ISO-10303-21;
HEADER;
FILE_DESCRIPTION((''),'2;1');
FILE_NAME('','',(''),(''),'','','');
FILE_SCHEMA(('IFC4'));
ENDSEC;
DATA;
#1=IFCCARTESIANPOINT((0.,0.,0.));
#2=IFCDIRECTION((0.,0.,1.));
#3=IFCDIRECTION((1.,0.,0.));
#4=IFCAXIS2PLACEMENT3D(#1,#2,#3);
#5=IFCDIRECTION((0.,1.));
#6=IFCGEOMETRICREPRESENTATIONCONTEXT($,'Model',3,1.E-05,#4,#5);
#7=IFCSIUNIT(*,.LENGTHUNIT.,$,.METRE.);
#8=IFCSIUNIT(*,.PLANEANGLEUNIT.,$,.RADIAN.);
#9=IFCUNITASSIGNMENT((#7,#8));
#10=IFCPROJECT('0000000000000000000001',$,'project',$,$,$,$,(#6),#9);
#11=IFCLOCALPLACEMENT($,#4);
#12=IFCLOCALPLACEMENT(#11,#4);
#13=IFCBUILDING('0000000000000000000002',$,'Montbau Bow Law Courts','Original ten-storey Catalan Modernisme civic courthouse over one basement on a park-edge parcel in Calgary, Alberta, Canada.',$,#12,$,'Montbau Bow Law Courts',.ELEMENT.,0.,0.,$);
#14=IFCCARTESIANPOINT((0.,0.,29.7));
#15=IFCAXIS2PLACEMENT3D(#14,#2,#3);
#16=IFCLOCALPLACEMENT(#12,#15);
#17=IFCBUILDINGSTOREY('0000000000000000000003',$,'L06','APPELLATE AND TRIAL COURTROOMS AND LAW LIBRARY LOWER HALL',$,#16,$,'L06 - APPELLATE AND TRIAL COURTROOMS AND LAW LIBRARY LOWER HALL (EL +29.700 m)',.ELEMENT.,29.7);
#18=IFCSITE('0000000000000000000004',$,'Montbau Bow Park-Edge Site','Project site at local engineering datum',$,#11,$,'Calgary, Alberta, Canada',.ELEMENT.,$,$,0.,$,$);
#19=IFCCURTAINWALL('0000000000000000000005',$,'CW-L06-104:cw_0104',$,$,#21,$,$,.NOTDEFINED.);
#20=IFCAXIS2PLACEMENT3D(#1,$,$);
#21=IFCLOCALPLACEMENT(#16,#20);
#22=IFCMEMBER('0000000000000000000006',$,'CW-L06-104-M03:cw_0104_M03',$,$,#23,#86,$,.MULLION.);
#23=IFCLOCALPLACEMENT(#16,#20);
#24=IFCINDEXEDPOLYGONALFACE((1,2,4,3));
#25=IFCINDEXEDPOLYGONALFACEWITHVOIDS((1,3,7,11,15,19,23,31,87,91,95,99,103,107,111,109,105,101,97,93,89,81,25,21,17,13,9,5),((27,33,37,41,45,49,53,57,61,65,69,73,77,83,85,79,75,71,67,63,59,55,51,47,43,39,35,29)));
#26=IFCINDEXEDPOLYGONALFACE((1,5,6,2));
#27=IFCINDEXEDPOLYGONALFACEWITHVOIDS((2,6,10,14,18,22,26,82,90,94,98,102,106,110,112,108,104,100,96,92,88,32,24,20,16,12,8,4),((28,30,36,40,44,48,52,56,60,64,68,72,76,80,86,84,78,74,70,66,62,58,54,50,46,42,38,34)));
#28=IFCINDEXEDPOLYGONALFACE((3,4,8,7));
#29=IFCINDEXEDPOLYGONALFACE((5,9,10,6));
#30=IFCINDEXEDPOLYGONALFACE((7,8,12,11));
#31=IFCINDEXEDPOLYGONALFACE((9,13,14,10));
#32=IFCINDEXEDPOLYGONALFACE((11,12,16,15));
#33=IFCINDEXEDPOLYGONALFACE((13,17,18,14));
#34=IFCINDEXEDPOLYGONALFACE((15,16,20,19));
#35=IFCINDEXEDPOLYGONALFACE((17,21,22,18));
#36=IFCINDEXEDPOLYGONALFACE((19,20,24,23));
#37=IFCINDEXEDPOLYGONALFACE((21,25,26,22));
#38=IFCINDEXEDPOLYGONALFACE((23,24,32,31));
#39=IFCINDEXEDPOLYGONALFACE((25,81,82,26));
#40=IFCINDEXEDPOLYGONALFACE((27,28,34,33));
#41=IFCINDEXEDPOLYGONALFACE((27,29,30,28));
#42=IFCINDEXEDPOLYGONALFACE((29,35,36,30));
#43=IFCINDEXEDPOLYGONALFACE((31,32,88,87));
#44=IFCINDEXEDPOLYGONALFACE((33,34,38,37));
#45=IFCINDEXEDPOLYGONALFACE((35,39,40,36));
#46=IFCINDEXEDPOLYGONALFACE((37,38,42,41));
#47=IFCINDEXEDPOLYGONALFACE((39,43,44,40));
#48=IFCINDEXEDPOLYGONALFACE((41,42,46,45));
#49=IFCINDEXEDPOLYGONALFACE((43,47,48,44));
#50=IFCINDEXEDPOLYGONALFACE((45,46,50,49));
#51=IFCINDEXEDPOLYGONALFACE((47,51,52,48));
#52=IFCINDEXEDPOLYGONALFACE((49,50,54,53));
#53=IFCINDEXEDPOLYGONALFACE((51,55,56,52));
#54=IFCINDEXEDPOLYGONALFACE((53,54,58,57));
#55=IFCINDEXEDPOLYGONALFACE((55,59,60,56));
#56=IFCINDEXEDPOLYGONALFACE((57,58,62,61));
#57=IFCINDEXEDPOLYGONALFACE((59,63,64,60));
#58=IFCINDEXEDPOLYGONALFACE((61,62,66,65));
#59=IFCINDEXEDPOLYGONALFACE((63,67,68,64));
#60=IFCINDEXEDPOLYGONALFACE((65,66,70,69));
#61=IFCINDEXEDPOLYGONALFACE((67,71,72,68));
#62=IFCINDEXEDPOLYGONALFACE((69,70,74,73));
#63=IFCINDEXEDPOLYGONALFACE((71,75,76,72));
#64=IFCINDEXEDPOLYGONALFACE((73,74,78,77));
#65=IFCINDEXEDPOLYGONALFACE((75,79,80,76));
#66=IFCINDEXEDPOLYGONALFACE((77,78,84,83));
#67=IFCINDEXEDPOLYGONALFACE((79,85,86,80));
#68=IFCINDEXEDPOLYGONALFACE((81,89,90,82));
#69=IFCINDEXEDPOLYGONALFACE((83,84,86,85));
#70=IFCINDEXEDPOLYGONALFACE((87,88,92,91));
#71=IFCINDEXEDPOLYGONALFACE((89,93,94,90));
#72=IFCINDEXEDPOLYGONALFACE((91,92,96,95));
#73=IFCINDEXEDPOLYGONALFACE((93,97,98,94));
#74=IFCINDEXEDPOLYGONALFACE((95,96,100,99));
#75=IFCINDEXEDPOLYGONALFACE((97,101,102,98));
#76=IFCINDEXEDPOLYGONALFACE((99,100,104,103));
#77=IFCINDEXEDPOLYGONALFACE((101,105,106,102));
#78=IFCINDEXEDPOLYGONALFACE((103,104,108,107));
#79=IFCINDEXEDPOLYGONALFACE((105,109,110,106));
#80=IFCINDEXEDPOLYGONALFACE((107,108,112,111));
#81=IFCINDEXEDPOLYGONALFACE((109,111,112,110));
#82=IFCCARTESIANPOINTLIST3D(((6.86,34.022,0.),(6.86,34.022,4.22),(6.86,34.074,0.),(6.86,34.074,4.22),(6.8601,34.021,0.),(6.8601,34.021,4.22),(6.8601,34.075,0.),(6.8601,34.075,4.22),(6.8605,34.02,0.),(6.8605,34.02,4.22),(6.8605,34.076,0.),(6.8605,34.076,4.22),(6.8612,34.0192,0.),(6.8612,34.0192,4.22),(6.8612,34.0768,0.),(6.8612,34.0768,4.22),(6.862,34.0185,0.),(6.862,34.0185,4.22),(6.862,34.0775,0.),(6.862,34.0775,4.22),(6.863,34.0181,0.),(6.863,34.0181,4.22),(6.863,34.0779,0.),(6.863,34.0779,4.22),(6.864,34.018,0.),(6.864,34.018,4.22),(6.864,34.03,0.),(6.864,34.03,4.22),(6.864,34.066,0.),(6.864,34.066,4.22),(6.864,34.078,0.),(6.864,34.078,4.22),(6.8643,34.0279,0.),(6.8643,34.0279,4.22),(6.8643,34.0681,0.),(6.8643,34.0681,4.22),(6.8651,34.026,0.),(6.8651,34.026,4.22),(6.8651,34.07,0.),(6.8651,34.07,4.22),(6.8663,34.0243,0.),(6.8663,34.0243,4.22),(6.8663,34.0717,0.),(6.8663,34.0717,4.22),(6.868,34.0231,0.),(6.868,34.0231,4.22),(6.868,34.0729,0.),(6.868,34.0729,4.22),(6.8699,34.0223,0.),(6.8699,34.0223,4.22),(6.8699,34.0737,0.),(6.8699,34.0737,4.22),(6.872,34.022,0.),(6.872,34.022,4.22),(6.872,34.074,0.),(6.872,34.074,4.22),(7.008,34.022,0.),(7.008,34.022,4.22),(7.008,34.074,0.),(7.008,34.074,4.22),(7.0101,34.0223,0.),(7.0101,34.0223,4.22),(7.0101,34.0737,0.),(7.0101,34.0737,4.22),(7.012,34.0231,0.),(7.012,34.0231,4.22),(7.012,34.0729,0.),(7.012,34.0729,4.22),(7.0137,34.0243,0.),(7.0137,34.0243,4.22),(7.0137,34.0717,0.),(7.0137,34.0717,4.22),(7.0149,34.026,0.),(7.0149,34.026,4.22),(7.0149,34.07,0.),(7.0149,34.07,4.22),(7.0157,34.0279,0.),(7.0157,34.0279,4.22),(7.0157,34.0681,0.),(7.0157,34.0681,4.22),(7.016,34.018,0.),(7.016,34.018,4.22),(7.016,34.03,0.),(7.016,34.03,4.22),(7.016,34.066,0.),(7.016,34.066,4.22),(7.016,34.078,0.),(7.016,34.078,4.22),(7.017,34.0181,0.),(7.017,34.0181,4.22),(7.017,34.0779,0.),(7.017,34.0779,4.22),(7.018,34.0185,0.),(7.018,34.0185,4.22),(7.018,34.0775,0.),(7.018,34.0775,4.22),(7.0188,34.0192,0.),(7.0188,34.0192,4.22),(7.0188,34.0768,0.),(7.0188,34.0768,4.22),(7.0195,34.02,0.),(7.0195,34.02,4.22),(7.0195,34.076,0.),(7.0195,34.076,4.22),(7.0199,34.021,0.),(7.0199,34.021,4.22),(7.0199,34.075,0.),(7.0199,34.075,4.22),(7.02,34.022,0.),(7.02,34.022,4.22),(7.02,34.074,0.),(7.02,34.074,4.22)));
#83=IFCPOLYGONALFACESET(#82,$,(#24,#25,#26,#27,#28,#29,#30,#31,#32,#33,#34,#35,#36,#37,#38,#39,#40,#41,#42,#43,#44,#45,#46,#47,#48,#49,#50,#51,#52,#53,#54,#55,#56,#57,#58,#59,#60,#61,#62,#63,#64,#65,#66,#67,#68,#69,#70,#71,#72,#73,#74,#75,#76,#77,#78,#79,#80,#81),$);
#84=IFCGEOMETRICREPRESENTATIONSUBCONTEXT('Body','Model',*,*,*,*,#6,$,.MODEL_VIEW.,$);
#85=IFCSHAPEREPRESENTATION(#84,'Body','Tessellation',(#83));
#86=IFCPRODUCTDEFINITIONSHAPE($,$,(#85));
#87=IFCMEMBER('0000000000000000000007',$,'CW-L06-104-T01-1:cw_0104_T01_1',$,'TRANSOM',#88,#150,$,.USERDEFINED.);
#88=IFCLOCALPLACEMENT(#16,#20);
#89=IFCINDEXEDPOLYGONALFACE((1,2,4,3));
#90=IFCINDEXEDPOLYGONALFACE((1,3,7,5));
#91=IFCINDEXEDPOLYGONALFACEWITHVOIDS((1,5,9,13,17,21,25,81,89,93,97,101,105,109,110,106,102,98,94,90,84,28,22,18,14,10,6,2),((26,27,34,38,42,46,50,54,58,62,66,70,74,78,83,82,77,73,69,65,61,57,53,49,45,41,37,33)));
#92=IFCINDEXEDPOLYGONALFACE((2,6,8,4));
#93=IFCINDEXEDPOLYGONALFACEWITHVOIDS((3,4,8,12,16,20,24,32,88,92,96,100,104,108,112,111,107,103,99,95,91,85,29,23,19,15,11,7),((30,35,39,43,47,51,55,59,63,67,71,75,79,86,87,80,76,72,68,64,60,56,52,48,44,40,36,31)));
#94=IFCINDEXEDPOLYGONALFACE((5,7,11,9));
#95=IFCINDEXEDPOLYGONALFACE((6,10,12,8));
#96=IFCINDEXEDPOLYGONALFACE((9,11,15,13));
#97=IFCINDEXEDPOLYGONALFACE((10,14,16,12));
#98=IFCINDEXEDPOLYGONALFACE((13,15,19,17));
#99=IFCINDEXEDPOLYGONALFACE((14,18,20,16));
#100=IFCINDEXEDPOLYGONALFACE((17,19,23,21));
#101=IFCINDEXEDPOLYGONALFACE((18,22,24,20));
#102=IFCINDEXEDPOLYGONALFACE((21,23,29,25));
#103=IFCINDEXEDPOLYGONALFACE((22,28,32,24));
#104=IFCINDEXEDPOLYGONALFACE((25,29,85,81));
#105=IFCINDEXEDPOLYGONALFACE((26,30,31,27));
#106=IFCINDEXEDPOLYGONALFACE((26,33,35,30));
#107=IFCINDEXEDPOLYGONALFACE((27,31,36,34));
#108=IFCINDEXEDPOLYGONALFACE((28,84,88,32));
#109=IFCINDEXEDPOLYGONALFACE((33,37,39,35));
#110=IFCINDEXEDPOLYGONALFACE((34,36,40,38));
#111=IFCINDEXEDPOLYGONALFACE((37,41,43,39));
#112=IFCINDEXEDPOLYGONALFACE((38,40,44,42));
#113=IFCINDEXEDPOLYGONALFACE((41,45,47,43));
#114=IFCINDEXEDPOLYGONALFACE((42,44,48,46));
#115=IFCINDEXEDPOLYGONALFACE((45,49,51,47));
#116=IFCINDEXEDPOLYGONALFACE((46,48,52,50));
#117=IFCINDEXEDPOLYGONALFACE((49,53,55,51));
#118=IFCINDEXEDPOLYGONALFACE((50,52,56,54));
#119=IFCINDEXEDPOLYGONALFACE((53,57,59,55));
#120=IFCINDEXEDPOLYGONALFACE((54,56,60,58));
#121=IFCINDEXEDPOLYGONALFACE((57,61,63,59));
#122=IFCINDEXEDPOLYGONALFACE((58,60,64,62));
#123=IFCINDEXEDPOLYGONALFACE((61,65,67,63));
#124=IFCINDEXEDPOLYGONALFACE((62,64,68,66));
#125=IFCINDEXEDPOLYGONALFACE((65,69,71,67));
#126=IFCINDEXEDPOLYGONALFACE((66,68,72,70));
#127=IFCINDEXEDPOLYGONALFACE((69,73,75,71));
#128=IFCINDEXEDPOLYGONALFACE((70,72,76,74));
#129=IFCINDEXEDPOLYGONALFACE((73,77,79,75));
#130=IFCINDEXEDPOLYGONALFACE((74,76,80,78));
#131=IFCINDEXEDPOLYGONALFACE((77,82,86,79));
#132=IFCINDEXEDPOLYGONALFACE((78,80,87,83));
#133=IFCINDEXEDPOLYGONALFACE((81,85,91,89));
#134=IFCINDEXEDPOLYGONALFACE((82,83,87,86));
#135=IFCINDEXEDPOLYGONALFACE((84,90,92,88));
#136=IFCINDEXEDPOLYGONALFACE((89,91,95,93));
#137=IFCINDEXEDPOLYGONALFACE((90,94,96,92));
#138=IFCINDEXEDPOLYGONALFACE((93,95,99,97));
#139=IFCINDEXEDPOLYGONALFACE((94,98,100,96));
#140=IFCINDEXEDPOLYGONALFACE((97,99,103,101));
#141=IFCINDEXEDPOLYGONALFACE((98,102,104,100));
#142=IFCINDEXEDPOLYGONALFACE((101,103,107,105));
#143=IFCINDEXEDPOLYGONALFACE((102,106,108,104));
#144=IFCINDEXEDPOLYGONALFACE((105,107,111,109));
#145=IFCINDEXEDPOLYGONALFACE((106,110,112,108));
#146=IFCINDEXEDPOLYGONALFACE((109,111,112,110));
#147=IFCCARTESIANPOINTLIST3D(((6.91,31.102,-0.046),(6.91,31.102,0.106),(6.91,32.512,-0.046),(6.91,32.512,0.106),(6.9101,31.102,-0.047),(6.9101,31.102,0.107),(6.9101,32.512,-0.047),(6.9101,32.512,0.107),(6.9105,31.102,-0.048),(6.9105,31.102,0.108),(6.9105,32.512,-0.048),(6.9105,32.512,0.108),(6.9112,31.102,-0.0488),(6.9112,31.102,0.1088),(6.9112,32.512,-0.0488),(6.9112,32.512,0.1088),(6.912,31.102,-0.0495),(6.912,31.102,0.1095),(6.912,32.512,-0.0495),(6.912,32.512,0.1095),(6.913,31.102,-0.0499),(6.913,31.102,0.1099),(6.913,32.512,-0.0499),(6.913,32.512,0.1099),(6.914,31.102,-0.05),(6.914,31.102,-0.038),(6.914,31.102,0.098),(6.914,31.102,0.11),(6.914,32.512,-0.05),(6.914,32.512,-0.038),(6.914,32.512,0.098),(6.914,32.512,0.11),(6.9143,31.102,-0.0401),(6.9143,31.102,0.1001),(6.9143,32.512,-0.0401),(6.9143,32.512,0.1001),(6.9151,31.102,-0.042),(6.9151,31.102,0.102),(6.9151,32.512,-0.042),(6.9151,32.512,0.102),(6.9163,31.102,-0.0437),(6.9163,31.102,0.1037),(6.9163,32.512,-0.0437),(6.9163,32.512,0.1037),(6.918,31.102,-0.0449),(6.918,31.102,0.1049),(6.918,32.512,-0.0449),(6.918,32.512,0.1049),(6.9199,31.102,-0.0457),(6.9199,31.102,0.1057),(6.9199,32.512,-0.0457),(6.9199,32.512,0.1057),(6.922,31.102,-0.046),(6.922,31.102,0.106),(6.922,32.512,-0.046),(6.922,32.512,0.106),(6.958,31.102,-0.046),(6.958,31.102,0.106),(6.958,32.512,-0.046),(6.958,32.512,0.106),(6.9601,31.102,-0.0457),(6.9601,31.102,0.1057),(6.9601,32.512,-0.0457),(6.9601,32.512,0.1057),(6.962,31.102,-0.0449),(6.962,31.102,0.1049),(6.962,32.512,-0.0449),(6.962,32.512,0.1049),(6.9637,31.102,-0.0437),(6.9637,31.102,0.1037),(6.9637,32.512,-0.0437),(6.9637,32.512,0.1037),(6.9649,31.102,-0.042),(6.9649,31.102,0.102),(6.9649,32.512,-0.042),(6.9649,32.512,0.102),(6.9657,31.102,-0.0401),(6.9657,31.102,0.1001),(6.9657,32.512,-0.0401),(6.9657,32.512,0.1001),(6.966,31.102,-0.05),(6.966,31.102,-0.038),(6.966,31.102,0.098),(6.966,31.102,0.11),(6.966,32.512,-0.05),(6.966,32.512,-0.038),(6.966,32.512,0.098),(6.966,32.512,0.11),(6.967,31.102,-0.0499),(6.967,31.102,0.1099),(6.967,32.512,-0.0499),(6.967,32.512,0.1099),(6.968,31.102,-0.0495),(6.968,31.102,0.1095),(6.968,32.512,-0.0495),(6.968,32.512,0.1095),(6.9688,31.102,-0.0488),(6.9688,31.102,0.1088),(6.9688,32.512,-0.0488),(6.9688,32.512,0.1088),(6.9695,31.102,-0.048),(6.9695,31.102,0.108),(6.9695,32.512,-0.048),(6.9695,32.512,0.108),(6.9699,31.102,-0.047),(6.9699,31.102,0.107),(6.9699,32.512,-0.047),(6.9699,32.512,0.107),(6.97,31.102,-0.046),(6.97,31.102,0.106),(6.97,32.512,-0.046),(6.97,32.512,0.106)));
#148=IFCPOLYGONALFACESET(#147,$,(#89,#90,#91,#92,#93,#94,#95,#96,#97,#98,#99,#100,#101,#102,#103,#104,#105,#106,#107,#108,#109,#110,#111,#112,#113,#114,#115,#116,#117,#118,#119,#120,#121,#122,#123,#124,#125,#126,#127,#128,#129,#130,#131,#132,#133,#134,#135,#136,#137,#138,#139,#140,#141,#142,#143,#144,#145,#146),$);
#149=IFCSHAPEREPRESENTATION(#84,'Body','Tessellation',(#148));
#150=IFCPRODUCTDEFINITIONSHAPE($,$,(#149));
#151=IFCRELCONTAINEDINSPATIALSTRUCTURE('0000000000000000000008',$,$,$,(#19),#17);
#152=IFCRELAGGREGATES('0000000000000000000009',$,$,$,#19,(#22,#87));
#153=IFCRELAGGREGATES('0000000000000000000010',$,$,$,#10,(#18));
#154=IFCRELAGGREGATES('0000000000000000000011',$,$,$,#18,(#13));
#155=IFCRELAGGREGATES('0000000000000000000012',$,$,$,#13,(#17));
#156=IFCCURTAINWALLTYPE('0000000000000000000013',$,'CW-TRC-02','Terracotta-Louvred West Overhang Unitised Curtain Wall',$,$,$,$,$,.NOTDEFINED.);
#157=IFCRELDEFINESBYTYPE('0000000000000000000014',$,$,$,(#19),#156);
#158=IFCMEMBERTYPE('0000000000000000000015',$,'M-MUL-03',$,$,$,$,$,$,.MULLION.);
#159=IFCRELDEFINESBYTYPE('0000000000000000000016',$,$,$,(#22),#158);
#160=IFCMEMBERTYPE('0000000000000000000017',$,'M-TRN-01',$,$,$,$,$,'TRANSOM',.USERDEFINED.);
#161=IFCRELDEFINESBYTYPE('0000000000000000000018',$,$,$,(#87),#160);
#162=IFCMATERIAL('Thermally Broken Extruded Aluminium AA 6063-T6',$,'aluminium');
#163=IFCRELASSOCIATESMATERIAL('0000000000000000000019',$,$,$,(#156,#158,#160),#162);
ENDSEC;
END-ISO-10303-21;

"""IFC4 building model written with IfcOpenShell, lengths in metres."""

from ifc_helpers import new_model, si_unit, direction, frame, origin_with_axes, origin_2d_with_axis, place, context, subcontext, project, spatial, hollow_rectangle, extrude, material, material_profile, profile_set, type_object, element, aggregate, save


model = new_model("IFC4")

# Units and contexts
model_context = context("Model", 3, precision=1e-05, world=origin_with_axes(), true_north=direction((0.0, 1.0)))
body_context = subcontext(model_context, "Body", "Model", "MODEL_VIEW")
ifc_project = project(units=[si_unit("LENGTHUNIT", "METRE"), si_unit("PLANEANGLEUNIT", "RADIAN")], contexts=[model_context])

# Site, building, storey
site_placement = place(None, origin_with_axes())
site = spatial("IfcSite", under=ifc_project, at=site_placement, Name="Montbau Bow Park-Edge Site", Description="Project site at local engineering datum", LongName="Calgary, Alberta, Canada", CompositionType="ELEMENT", RefElevation=0.0)
building_placement = place(site_placement, origin_with_axes())
building = spatial("IfcBuilding", under=site, at=building_placement, Name="Montbau Bow Law Courts", Description="Original ten-storey Catalan Modernisme civic courthouse over one basement on a park-edge parcel in Calgary, Alberta, Canada.", LongName="Montbau Bow Law Courts", CompositionType="ELEMENT", ElevationOfRefHeight=0.0, ElevationOfTerrain=0.0)
storey_placement = place(building_placement, frame((0.0, 0.0, 29.7), z_axis=(0.0, 0.0, 1.0), x_axis=(1.0, 0.0, 0.0)))
storey = spatial("IfcBuildingStorey", under=building, at=storey_placement, Name="L06", Description="APPELLATE AND TRIAL COURTROOMS AND LAW LIBRARY LOWER HALL", LongName="L06 - APPELLATE AND TRIAL COURTROOMS AND LAW LIBRARY LOWER HALL (EL +29.700 m)", CompositionType="ELEMENT", Elevation=29.7)

# Curtain wall, members
ifc_material_1 = material(Name="Thermally Broken Extruded Aluminium AA 6063-T6", Category="aluminium")
curtain_wall_type = type_object("IfcCurtainWallType", Name="CW-TRC-02", Description="Terracotta-Louvred West Overhang Unitised Curtain Wall", PredefinedType="NOTDEFINED", material=ifc_material_1)
curtain_wall_placement = place(None, frame((6.94, 31.04, 29.7), z_axis=(0.0, 0.0, 1.0), x_axis=(1.0, 0.0, 0.0)))
curtain_wall = element("IfcCurtainWall", 1, at=curtain_wall_placement, inside=storey, type_object=curtain_wall_type, Name="CW-L06-104:cw_0104", PredefinedType="NOTDEFINED")
ifc_material_profile_1 = material_profile(ifc_material_1, hollow_rectangle(XDim=0.06, YDim=0.16, WallThickness=0.004, InnerFilletRadius=0.008, OuterFilletRadius=0.004, at=origin_2d_with_axis()), Name="CWM-160X60", Category="Main", Priority=0)
ifc_profile_set_1 = profile_set([ifc_material_profile_1], Name="Thermally Broken Extruded Aluminium AA 6063-T6")
member_type_1 = type_object("IfcMemberType", Name="M-MUL-03", PredefinedType="MULLION", material=ifc_profile_set_1)
member_1_placement = place(None, frame((6.94, 34.048, 29.7), z_axis=(0.0, 0.0, 1.0), x_axis=(0.0, 1.0, 0.0)))
member_1 = element("IfcMember", 2, at=member_1_placement, type_object=member_type_1, Name="CW-L06-104-M03:cw_0104_M03", PredefinedType="MULLION", context=body_context, shape_type="SweptSolid", body=[
    extrude(hollow_rectangle(XDim=0.06, YDim=0.16, WallThickness=0.004, InnerFilletRadius=0.008, OuterFilletRadius=0.004, at=origin_2d_with_axis()), origin_with_axes(), (0.0, 0.0, 1.0), 4.22),
])
ifc_material_profile_2 = material_profile(ifc_material_1, hollow_rectangle(XDim=0.06, YDim=0.16, WallThickness=0.004, InnerFilletRadius=0.008, OuterFilletRadius=0.004, at=origin_2d_with_axis()), Name="CWT-160X60", Category="Main", Priority=0)
ifc_profile_set_2 = profile_set([ifc_material_profile_2], Name="Thermally Broken Extruded Aluminium AA 6063-T6")
member_type_2 = type_object("IfcMemberType", Name="M-TRN-01", ElementType="TRANSOM", PredefinedType="USERDEFINED", material=ifc_profile_set_2)
member_2_placement = place(None, frame((6.94, 31.102, 29.73), z_axis=(0.0, 1.0, 0.0), x_axis=(-1.0, 0.0, 0.0)))
member_2 = element("IfcMember", 3, at=member_2_placement, type_object=member_type_2, Name="CW-L06-104-T01-1:cw_0104_T01_1", ObjectType="TRANSOM", PredefinedType="USERDEFINED", context=body_context, shape_type="SweptSolid", body=[
    extrude(hollow_rectangle(XDim=0.06, YDim=0.16, WallThickness=0.004, InnerFilletRadius=0.008, OuterFilletRadius=0.004, at=origin_2d_with_axis()), origin_with_axes(), (0.0, 0.0, 1.0), 1.41),
])
aggregate(curtain_wall, [member_1, member_2])

save(model, "model.ifc")
